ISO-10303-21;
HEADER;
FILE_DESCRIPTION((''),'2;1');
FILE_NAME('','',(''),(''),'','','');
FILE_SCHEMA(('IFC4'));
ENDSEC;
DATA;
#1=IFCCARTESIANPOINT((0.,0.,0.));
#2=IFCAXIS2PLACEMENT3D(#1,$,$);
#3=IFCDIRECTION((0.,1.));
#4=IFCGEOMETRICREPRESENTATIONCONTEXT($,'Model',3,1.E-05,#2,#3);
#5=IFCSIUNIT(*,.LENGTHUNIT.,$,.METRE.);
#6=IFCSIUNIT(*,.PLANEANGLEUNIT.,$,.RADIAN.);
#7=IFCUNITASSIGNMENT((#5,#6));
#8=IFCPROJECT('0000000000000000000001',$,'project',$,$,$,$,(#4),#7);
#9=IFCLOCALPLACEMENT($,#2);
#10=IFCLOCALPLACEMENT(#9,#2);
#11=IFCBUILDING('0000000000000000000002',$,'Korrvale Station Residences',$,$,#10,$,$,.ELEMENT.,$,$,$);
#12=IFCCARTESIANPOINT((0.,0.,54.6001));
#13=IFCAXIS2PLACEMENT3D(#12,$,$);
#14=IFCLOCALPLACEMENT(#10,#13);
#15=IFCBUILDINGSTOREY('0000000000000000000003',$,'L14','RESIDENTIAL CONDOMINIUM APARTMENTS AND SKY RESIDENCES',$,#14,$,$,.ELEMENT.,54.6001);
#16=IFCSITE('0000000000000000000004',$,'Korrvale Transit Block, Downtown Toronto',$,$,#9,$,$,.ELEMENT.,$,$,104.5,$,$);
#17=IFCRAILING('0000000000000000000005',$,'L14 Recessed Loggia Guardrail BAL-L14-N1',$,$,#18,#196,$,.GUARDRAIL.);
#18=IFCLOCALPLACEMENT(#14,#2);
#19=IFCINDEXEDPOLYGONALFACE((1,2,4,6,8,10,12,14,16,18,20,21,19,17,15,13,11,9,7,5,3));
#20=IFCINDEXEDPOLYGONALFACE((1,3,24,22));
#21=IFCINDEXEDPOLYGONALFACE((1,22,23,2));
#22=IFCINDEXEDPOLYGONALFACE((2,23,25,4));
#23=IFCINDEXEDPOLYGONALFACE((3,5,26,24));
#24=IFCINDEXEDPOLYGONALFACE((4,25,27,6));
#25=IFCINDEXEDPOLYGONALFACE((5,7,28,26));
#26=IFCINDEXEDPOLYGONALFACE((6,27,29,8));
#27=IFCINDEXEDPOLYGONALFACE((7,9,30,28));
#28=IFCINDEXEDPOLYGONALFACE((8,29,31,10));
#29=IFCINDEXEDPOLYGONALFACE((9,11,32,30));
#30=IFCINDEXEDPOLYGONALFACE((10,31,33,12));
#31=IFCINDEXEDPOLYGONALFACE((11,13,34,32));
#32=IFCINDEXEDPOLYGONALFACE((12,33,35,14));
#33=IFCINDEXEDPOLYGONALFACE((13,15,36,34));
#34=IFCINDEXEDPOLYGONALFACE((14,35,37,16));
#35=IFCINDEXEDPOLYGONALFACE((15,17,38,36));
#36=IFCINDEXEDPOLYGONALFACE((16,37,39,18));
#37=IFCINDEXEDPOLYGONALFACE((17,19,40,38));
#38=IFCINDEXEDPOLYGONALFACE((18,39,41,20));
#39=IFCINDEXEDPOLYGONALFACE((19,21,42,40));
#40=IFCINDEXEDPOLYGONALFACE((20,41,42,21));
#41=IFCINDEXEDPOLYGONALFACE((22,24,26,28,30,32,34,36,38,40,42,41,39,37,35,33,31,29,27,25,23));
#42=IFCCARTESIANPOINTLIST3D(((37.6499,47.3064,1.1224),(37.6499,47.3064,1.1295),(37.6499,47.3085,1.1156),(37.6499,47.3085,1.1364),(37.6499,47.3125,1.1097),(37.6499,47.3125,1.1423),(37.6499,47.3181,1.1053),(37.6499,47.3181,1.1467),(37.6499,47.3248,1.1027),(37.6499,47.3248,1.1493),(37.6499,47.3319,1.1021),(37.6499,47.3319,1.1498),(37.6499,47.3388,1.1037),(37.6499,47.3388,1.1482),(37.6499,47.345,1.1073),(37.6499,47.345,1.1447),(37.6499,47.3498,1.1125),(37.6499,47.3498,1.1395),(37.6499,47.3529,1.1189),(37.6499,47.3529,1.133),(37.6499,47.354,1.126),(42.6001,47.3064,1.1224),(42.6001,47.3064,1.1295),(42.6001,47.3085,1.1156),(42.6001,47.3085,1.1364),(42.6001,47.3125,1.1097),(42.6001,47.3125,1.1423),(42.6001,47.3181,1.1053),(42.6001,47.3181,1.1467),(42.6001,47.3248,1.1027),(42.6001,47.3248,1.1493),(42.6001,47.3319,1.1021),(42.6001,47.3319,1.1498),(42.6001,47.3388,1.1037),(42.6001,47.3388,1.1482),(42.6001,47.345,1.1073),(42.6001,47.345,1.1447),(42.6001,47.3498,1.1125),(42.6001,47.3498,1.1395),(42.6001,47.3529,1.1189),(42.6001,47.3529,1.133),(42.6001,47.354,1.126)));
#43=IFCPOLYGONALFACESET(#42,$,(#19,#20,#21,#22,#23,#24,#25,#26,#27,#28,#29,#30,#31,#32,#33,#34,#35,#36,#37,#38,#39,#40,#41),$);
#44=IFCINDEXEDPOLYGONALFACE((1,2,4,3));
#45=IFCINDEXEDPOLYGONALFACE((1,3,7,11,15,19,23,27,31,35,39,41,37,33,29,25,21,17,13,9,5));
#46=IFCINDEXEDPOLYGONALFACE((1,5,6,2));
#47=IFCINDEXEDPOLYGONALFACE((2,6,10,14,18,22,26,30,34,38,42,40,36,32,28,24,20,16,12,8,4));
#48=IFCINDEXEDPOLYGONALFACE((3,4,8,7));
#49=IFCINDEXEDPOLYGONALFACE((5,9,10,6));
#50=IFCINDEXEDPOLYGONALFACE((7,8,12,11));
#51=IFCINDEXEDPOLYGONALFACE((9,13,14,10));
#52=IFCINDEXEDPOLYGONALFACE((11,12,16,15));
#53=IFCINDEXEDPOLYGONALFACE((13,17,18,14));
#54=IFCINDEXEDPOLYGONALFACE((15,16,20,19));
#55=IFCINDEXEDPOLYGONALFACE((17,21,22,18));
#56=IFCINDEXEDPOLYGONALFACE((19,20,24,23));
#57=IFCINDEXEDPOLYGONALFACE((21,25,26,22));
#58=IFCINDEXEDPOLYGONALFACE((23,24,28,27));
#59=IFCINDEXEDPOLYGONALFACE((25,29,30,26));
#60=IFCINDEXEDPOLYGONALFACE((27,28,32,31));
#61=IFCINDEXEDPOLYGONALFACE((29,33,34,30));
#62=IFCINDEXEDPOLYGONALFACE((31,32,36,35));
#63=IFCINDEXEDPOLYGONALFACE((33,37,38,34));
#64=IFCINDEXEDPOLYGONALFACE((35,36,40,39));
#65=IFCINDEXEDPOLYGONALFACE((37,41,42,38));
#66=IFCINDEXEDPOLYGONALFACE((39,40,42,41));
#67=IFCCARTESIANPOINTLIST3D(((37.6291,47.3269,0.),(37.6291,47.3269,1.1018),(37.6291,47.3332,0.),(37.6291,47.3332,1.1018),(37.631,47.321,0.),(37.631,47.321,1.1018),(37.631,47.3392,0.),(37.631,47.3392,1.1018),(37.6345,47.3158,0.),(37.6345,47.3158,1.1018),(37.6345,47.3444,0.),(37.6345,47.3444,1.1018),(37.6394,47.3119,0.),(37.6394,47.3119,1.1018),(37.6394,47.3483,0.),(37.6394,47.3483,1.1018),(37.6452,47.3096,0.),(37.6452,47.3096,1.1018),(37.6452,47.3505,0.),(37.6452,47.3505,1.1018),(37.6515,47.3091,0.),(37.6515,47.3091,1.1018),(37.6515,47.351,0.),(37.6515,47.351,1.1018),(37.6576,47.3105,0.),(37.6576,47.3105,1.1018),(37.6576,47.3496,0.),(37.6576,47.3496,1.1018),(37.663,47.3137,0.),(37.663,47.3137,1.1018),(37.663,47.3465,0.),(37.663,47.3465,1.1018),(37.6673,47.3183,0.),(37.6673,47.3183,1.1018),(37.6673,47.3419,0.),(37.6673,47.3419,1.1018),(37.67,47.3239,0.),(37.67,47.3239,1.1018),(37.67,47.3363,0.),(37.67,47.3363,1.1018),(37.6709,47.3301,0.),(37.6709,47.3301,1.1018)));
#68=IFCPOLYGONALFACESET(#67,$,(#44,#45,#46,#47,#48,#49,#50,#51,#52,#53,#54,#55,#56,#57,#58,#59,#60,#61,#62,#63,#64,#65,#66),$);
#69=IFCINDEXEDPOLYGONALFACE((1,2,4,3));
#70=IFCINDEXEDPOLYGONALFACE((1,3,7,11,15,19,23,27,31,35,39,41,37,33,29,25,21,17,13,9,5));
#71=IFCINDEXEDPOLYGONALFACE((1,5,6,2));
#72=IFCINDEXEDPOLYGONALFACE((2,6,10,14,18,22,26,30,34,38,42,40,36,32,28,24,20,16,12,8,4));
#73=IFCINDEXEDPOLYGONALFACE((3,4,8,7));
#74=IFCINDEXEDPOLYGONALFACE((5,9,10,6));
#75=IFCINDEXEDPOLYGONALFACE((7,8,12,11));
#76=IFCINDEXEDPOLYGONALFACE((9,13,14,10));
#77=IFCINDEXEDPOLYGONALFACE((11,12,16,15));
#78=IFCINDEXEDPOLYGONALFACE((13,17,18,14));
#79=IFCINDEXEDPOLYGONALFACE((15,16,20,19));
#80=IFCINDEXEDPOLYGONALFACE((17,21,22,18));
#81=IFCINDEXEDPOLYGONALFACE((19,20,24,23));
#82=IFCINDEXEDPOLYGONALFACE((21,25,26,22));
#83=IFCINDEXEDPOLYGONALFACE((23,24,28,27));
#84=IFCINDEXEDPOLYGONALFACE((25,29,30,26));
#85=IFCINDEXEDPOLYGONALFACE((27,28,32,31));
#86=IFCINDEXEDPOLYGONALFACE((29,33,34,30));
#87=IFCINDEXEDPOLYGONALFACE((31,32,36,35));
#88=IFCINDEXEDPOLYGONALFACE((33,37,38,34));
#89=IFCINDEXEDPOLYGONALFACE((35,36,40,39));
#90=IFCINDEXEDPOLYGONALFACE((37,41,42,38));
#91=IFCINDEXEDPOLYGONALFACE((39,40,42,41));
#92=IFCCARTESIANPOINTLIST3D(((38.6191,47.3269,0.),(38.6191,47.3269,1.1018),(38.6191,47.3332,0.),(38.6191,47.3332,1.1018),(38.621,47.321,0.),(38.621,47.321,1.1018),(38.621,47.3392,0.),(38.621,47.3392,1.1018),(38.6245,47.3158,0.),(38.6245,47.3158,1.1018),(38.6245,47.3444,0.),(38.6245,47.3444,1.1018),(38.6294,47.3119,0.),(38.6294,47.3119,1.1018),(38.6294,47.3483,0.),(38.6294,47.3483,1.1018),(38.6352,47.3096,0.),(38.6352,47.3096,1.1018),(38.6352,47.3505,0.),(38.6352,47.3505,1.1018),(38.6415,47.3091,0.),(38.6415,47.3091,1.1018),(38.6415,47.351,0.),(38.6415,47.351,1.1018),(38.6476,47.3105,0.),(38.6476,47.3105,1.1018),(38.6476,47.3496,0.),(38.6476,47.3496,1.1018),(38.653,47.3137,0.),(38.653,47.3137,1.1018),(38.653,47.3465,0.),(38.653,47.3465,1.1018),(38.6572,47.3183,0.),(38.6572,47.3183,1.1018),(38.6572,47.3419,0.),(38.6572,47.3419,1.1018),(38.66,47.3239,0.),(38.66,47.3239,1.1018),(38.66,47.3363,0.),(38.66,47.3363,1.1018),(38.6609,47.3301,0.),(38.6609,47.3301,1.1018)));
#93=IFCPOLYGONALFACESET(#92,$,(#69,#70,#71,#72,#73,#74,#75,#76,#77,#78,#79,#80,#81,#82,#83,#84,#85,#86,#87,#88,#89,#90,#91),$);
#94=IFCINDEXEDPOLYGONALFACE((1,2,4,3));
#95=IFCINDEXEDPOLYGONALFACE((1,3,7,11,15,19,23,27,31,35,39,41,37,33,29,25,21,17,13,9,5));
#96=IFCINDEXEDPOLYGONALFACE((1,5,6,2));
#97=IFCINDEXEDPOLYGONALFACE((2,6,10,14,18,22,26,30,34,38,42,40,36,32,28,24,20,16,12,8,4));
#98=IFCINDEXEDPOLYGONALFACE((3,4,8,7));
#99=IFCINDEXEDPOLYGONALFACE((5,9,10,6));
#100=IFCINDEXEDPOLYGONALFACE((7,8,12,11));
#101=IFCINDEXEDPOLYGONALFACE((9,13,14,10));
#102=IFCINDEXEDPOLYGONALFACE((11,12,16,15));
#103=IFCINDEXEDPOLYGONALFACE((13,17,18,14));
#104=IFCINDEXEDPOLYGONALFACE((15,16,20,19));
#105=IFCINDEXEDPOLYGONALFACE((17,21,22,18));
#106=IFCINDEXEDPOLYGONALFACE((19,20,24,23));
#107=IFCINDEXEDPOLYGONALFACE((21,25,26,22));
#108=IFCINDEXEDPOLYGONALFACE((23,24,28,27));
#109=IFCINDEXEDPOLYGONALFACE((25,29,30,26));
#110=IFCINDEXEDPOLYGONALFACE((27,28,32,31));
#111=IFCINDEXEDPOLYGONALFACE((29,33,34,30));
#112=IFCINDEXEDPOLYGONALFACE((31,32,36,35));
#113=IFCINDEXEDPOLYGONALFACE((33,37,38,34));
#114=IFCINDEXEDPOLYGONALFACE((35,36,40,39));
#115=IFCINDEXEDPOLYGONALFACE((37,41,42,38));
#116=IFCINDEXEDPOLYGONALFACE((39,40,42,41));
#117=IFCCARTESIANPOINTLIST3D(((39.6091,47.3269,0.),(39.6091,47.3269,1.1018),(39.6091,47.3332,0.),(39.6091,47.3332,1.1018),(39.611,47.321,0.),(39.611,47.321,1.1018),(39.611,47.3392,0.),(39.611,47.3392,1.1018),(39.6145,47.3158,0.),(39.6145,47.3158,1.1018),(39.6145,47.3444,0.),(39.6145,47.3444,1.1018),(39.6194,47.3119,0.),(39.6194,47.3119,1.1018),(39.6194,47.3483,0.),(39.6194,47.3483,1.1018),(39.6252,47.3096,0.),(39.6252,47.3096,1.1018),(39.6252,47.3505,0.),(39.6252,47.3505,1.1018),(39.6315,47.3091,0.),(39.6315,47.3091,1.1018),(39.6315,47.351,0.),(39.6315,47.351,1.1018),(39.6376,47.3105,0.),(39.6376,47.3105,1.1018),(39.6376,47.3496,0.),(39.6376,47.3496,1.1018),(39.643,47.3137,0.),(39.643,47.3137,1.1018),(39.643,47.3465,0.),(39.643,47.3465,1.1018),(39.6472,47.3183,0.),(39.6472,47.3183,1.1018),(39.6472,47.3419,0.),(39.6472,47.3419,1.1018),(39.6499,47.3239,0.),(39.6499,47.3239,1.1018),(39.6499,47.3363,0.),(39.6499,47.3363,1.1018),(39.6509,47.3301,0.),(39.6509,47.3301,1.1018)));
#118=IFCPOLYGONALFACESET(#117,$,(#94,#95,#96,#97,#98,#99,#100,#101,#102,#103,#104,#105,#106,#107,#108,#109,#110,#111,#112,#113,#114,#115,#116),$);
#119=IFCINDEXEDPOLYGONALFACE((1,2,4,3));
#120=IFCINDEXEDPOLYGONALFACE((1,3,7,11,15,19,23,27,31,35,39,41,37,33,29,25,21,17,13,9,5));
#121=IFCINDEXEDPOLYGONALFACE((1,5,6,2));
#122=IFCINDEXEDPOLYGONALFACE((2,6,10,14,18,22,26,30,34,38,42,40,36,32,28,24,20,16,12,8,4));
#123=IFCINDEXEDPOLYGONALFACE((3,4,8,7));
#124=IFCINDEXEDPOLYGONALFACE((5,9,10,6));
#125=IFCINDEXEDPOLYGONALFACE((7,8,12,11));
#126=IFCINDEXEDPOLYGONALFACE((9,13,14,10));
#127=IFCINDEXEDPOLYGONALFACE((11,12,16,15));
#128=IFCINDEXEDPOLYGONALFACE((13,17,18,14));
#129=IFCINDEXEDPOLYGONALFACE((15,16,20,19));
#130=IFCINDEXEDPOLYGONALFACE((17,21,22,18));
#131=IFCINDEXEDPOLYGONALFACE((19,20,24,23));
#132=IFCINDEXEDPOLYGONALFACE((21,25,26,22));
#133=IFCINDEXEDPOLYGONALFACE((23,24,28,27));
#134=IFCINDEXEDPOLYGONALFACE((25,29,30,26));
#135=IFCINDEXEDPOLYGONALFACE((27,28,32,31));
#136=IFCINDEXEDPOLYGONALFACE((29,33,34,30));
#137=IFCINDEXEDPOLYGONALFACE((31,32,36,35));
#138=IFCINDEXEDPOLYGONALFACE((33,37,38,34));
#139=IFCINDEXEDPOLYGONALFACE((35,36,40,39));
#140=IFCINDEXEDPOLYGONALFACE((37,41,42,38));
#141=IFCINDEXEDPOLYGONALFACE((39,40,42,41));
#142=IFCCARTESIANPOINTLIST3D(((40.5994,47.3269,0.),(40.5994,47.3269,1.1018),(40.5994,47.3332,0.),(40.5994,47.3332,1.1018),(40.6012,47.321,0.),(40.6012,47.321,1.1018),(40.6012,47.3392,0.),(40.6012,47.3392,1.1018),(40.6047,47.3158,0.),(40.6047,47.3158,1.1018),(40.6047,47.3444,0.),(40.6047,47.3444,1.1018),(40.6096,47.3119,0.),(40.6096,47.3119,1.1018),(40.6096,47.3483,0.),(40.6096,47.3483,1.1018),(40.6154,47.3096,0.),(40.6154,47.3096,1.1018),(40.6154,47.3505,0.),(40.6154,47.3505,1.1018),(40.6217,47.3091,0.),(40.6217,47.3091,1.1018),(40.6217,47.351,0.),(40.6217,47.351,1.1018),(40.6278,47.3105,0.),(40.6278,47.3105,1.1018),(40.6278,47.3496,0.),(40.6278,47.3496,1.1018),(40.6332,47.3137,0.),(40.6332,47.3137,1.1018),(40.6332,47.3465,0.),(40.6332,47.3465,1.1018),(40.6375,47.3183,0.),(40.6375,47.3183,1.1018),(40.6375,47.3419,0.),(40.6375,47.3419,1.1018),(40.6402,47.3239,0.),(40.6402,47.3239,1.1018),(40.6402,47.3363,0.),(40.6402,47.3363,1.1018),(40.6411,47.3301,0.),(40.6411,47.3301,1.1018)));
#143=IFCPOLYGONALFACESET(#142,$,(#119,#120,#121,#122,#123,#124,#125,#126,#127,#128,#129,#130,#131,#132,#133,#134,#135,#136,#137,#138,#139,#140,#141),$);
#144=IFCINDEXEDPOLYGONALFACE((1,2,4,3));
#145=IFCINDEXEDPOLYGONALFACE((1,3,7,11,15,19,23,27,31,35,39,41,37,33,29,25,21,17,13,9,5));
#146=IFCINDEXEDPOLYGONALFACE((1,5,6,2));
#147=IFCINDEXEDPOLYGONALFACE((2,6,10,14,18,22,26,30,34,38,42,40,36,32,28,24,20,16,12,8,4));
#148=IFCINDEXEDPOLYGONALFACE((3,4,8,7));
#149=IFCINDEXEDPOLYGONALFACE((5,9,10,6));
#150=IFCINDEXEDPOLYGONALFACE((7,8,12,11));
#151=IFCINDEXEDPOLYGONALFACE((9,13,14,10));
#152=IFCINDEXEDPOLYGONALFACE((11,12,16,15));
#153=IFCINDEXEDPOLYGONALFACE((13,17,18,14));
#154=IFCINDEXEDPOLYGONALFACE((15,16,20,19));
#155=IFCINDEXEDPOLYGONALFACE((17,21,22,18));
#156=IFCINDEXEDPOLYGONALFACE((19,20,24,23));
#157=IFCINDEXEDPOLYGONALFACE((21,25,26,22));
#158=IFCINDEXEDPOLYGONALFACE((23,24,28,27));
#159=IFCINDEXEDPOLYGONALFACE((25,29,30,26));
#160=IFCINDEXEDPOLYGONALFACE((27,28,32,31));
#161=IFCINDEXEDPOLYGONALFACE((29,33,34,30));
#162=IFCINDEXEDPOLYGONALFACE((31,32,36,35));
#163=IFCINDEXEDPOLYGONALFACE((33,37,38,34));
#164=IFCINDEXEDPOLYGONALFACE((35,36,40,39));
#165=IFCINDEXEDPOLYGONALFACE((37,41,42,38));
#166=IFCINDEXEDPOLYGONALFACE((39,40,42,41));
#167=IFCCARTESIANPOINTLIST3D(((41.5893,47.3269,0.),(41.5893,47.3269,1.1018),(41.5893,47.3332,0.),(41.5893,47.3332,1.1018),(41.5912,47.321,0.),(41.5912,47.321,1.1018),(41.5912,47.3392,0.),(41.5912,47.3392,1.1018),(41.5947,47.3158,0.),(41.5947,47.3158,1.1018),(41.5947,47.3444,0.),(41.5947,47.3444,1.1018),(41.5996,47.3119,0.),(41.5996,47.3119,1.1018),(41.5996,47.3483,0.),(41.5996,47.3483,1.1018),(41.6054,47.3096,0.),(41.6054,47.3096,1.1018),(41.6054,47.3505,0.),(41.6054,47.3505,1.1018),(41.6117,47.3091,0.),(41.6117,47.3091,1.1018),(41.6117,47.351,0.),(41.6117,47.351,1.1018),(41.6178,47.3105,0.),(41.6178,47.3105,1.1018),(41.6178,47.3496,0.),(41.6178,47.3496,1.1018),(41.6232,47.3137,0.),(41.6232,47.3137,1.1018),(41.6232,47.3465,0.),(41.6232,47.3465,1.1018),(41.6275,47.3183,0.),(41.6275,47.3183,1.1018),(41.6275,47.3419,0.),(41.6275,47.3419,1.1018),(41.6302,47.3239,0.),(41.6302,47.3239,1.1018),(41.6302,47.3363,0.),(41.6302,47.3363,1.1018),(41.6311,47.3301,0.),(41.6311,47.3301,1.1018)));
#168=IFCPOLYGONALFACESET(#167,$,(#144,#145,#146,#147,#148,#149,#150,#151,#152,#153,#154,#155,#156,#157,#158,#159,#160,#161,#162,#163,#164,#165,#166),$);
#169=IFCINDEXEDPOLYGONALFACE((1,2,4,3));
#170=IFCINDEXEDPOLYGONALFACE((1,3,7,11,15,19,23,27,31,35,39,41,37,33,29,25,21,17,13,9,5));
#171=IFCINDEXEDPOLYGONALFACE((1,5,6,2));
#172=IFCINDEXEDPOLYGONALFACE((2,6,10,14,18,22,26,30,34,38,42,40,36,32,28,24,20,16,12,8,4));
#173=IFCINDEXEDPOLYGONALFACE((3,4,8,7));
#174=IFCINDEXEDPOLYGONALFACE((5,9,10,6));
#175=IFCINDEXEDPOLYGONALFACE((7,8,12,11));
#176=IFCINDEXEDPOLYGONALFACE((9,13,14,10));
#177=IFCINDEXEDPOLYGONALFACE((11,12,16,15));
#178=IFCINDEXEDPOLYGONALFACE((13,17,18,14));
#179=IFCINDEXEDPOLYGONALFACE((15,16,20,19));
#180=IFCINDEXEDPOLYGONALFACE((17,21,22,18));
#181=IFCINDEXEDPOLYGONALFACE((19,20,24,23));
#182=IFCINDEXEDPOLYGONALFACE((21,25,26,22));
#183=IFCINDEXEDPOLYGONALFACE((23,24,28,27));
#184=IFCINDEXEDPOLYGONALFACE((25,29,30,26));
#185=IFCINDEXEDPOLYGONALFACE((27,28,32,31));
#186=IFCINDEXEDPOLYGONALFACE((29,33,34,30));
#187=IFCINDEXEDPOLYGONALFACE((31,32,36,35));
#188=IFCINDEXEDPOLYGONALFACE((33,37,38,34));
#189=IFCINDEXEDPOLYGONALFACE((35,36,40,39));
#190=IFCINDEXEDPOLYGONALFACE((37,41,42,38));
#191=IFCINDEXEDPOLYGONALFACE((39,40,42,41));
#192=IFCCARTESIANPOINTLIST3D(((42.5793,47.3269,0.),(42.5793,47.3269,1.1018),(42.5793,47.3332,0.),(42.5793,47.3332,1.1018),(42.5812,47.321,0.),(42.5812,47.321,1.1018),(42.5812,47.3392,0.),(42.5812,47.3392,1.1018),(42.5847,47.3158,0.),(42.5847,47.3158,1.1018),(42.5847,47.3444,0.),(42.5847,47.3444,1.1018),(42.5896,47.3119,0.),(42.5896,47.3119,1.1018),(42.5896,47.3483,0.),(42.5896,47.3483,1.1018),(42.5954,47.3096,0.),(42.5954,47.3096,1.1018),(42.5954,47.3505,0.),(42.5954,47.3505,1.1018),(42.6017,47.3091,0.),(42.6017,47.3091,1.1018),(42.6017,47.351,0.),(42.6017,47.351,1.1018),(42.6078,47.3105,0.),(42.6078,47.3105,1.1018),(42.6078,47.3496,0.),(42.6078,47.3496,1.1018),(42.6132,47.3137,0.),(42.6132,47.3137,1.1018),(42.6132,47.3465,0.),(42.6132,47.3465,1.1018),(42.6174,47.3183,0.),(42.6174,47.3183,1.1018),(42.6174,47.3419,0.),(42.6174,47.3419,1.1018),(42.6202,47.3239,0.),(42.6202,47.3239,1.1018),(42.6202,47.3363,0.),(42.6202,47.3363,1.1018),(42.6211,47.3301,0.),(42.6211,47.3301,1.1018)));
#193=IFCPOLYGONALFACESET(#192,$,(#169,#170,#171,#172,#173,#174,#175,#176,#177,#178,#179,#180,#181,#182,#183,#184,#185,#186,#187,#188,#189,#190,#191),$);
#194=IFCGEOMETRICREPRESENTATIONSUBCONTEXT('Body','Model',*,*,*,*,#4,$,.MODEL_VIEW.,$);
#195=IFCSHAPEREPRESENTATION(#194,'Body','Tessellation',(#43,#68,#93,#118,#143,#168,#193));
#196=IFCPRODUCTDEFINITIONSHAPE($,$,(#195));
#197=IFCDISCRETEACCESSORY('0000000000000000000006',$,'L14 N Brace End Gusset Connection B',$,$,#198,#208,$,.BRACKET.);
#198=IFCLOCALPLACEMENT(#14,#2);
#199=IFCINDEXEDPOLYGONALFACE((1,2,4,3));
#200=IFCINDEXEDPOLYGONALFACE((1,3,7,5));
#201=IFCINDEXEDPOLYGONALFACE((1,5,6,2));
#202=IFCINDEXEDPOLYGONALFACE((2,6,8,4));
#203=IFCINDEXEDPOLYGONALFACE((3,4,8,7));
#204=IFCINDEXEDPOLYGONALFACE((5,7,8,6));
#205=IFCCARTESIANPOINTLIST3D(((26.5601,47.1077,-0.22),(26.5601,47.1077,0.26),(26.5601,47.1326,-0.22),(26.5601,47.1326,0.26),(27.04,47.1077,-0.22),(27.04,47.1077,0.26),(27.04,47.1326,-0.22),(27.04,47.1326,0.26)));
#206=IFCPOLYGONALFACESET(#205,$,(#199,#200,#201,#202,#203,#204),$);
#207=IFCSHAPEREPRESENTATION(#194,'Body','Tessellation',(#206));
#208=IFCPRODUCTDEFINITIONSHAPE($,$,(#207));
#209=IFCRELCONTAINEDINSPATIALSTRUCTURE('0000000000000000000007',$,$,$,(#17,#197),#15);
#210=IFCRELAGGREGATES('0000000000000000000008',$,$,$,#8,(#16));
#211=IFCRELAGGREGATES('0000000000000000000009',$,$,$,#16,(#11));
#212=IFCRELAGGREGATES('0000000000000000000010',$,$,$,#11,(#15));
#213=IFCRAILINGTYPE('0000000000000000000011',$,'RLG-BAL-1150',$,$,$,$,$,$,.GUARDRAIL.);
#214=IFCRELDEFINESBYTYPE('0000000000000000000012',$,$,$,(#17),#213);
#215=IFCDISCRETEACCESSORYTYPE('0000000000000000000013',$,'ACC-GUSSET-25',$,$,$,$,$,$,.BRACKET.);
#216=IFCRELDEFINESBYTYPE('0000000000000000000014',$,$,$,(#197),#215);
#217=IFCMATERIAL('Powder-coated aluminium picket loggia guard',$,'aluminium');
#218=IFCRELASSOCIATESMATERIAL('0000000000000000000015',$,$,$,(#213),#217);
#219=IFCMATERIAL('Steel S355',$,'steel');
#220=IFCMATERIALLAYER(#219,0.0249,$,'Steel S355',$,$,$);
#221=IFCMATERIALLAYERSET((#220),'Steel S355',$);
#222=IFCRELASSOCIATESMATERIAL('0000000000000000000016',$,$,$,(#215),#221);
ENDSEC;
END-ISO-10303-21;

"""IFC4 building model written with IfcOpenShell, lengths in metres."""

from ifc_helpers import new_model, si_unit, direction, frame, origin, origin_2d, place, context, subcontext, project, spatial, rectangle, circle, extrude, material, layer, layer_set, type_object, element, save


model = new_model("IFC4")

# Units and contexts
model_context = context("Model", 3, precision=1e-05, world=origin(), true_north=direction((0.0, 1.0)))
body_context = subcontext(model_context, "Body", "Model", "MODEL_VIEW")
ifc_project = project(units=[si_unit("LENGTHUNIT", "METRE"), si_unit("PLANEANGLEUNIT", "RADIAN")], contexts=[model_context])

# Site, building, storey
site_placement = place(None, origin())
site = spatial("IfcSite", under=ifc_project, at=site_placement, Name="Korrvale Transit Block, Downtown Toronto", CompositionType="ELEMENT", RefElevation=104.5)
building_placement = place(site_placement, origin())
building = spatial("IfcBuilding", under=site, at=building_placement, Name="Korrvale Station Residences", CompositionType="ELEMENT")
storey_placement = place(building_placement, frame((0.0, 0.0, 54.6001)))
storey = spatial("IfcBuildingStorey", under=building, at=storey_placement, Name="L14", Description="RESIDENTIAL CONDOMINIUM APARTMENTS AND SKY RESIDENCES", CompositionType="ELEMENT", Elevation=54.6001)

# Shared definitions
ifc_material_1 = material(Name="Steel S355", Category="steel")

# Railing
ifc_material_2 = material(Name="Powder-coated aluminium picket loggia guard", Category="aluminium")
railing_type = type_object("IfcRailingType", Name="RLG-BAL-1150", PredefinedType="GUARDRAIL", material=ifc_material_2)
railing_placement = place(storey_placement, frame((37.6499, 47.3301, 0.0)))
element("IfcRailing", 1, at=railing_placement, inside=storey, type_object=railing_type, Name="L14 Recessed Loggia Guardrail BAL-L14-N1", PredefinedType="GUARDRAIL", context=body_context, shape_type="SweptSolid", body=[
    extrude(circle(Radius=0.0239, at=origin_2d()), frame((0.0, 0.0, 1.126), z_axis=(1.0, 0.0, 0.0), x_axis=(0.0, 1.0, 0.0)), (0.0, 0.0, 1.0), 4.9502),
    extrude(circle(Radius=0.021, at=origin_2d()), origin(), (0.0, 0.0, 1.0), 1.1018),
    extrude(circle(Radius=0.021, at=origin_2d()), frame((0.99, 0.0, 0.0)), (0.0, 0.0, 1.0), 1.1018),
    extrude(circle(Radius=0.021, at=origin_2d()), frame((1.98, 0.0, 0.0)), (0.0, 0.0, 1.0), 1.1018),
    extrude(circle(Radius=0.021, at=origin_2d()), frame((2.9702, 0.0, 0.0)), (0.0, 0.0, 1.0), 1.1018),
    extrude(circle(Radius=0.021, at=origin_2d()), frame((3.9602, 0.0, 0.0)), (0.0, 0.0, 1.0), 1.1018),
    extrude(circle(Radius=0.021, at=origin_2d()), frame((4.9502, 0.0, 0.0)), (0.0, 0.0, 1.0), 1.1018),
])

# Discrete accessory
ifc_layer_1 = layer(ifc_material_1, 0.0249, Name="Steel S355")
ifc_layer_set_1 = layer_set([ifc_layer_1], Name="Steel S355")
discrete_accessory_type = type_object("IfcDiscreteAccessoryType", Name="ACC-GUSSET-25", PredefinedType="BRACKET", material=ifc_layer_set_1)
discrete_accessory_placement = place(storey_placement, frame((26.8, 47.1201, -0.22), z_axis=(0.0, 0.0, 1.0), x_axis=(1.0, 0.0, 0.0)))
element("IfcDiscreteAccessory", 2, at=discrete_accessory_placement, inside=storey, type_object=discrete_accessory_type, Name="L14 N Brace End Gusset Connection B", PredefinedType="BRACKET", context=body_context, shape_type="SweptSolid", body=[
    extrude(rectangle(XDim=0.48, YDim=0.0249, at=origin_2d()), origin(), (0.0, 0.0, 1.0), 0.48),
])

save(model, "model.ifc")
